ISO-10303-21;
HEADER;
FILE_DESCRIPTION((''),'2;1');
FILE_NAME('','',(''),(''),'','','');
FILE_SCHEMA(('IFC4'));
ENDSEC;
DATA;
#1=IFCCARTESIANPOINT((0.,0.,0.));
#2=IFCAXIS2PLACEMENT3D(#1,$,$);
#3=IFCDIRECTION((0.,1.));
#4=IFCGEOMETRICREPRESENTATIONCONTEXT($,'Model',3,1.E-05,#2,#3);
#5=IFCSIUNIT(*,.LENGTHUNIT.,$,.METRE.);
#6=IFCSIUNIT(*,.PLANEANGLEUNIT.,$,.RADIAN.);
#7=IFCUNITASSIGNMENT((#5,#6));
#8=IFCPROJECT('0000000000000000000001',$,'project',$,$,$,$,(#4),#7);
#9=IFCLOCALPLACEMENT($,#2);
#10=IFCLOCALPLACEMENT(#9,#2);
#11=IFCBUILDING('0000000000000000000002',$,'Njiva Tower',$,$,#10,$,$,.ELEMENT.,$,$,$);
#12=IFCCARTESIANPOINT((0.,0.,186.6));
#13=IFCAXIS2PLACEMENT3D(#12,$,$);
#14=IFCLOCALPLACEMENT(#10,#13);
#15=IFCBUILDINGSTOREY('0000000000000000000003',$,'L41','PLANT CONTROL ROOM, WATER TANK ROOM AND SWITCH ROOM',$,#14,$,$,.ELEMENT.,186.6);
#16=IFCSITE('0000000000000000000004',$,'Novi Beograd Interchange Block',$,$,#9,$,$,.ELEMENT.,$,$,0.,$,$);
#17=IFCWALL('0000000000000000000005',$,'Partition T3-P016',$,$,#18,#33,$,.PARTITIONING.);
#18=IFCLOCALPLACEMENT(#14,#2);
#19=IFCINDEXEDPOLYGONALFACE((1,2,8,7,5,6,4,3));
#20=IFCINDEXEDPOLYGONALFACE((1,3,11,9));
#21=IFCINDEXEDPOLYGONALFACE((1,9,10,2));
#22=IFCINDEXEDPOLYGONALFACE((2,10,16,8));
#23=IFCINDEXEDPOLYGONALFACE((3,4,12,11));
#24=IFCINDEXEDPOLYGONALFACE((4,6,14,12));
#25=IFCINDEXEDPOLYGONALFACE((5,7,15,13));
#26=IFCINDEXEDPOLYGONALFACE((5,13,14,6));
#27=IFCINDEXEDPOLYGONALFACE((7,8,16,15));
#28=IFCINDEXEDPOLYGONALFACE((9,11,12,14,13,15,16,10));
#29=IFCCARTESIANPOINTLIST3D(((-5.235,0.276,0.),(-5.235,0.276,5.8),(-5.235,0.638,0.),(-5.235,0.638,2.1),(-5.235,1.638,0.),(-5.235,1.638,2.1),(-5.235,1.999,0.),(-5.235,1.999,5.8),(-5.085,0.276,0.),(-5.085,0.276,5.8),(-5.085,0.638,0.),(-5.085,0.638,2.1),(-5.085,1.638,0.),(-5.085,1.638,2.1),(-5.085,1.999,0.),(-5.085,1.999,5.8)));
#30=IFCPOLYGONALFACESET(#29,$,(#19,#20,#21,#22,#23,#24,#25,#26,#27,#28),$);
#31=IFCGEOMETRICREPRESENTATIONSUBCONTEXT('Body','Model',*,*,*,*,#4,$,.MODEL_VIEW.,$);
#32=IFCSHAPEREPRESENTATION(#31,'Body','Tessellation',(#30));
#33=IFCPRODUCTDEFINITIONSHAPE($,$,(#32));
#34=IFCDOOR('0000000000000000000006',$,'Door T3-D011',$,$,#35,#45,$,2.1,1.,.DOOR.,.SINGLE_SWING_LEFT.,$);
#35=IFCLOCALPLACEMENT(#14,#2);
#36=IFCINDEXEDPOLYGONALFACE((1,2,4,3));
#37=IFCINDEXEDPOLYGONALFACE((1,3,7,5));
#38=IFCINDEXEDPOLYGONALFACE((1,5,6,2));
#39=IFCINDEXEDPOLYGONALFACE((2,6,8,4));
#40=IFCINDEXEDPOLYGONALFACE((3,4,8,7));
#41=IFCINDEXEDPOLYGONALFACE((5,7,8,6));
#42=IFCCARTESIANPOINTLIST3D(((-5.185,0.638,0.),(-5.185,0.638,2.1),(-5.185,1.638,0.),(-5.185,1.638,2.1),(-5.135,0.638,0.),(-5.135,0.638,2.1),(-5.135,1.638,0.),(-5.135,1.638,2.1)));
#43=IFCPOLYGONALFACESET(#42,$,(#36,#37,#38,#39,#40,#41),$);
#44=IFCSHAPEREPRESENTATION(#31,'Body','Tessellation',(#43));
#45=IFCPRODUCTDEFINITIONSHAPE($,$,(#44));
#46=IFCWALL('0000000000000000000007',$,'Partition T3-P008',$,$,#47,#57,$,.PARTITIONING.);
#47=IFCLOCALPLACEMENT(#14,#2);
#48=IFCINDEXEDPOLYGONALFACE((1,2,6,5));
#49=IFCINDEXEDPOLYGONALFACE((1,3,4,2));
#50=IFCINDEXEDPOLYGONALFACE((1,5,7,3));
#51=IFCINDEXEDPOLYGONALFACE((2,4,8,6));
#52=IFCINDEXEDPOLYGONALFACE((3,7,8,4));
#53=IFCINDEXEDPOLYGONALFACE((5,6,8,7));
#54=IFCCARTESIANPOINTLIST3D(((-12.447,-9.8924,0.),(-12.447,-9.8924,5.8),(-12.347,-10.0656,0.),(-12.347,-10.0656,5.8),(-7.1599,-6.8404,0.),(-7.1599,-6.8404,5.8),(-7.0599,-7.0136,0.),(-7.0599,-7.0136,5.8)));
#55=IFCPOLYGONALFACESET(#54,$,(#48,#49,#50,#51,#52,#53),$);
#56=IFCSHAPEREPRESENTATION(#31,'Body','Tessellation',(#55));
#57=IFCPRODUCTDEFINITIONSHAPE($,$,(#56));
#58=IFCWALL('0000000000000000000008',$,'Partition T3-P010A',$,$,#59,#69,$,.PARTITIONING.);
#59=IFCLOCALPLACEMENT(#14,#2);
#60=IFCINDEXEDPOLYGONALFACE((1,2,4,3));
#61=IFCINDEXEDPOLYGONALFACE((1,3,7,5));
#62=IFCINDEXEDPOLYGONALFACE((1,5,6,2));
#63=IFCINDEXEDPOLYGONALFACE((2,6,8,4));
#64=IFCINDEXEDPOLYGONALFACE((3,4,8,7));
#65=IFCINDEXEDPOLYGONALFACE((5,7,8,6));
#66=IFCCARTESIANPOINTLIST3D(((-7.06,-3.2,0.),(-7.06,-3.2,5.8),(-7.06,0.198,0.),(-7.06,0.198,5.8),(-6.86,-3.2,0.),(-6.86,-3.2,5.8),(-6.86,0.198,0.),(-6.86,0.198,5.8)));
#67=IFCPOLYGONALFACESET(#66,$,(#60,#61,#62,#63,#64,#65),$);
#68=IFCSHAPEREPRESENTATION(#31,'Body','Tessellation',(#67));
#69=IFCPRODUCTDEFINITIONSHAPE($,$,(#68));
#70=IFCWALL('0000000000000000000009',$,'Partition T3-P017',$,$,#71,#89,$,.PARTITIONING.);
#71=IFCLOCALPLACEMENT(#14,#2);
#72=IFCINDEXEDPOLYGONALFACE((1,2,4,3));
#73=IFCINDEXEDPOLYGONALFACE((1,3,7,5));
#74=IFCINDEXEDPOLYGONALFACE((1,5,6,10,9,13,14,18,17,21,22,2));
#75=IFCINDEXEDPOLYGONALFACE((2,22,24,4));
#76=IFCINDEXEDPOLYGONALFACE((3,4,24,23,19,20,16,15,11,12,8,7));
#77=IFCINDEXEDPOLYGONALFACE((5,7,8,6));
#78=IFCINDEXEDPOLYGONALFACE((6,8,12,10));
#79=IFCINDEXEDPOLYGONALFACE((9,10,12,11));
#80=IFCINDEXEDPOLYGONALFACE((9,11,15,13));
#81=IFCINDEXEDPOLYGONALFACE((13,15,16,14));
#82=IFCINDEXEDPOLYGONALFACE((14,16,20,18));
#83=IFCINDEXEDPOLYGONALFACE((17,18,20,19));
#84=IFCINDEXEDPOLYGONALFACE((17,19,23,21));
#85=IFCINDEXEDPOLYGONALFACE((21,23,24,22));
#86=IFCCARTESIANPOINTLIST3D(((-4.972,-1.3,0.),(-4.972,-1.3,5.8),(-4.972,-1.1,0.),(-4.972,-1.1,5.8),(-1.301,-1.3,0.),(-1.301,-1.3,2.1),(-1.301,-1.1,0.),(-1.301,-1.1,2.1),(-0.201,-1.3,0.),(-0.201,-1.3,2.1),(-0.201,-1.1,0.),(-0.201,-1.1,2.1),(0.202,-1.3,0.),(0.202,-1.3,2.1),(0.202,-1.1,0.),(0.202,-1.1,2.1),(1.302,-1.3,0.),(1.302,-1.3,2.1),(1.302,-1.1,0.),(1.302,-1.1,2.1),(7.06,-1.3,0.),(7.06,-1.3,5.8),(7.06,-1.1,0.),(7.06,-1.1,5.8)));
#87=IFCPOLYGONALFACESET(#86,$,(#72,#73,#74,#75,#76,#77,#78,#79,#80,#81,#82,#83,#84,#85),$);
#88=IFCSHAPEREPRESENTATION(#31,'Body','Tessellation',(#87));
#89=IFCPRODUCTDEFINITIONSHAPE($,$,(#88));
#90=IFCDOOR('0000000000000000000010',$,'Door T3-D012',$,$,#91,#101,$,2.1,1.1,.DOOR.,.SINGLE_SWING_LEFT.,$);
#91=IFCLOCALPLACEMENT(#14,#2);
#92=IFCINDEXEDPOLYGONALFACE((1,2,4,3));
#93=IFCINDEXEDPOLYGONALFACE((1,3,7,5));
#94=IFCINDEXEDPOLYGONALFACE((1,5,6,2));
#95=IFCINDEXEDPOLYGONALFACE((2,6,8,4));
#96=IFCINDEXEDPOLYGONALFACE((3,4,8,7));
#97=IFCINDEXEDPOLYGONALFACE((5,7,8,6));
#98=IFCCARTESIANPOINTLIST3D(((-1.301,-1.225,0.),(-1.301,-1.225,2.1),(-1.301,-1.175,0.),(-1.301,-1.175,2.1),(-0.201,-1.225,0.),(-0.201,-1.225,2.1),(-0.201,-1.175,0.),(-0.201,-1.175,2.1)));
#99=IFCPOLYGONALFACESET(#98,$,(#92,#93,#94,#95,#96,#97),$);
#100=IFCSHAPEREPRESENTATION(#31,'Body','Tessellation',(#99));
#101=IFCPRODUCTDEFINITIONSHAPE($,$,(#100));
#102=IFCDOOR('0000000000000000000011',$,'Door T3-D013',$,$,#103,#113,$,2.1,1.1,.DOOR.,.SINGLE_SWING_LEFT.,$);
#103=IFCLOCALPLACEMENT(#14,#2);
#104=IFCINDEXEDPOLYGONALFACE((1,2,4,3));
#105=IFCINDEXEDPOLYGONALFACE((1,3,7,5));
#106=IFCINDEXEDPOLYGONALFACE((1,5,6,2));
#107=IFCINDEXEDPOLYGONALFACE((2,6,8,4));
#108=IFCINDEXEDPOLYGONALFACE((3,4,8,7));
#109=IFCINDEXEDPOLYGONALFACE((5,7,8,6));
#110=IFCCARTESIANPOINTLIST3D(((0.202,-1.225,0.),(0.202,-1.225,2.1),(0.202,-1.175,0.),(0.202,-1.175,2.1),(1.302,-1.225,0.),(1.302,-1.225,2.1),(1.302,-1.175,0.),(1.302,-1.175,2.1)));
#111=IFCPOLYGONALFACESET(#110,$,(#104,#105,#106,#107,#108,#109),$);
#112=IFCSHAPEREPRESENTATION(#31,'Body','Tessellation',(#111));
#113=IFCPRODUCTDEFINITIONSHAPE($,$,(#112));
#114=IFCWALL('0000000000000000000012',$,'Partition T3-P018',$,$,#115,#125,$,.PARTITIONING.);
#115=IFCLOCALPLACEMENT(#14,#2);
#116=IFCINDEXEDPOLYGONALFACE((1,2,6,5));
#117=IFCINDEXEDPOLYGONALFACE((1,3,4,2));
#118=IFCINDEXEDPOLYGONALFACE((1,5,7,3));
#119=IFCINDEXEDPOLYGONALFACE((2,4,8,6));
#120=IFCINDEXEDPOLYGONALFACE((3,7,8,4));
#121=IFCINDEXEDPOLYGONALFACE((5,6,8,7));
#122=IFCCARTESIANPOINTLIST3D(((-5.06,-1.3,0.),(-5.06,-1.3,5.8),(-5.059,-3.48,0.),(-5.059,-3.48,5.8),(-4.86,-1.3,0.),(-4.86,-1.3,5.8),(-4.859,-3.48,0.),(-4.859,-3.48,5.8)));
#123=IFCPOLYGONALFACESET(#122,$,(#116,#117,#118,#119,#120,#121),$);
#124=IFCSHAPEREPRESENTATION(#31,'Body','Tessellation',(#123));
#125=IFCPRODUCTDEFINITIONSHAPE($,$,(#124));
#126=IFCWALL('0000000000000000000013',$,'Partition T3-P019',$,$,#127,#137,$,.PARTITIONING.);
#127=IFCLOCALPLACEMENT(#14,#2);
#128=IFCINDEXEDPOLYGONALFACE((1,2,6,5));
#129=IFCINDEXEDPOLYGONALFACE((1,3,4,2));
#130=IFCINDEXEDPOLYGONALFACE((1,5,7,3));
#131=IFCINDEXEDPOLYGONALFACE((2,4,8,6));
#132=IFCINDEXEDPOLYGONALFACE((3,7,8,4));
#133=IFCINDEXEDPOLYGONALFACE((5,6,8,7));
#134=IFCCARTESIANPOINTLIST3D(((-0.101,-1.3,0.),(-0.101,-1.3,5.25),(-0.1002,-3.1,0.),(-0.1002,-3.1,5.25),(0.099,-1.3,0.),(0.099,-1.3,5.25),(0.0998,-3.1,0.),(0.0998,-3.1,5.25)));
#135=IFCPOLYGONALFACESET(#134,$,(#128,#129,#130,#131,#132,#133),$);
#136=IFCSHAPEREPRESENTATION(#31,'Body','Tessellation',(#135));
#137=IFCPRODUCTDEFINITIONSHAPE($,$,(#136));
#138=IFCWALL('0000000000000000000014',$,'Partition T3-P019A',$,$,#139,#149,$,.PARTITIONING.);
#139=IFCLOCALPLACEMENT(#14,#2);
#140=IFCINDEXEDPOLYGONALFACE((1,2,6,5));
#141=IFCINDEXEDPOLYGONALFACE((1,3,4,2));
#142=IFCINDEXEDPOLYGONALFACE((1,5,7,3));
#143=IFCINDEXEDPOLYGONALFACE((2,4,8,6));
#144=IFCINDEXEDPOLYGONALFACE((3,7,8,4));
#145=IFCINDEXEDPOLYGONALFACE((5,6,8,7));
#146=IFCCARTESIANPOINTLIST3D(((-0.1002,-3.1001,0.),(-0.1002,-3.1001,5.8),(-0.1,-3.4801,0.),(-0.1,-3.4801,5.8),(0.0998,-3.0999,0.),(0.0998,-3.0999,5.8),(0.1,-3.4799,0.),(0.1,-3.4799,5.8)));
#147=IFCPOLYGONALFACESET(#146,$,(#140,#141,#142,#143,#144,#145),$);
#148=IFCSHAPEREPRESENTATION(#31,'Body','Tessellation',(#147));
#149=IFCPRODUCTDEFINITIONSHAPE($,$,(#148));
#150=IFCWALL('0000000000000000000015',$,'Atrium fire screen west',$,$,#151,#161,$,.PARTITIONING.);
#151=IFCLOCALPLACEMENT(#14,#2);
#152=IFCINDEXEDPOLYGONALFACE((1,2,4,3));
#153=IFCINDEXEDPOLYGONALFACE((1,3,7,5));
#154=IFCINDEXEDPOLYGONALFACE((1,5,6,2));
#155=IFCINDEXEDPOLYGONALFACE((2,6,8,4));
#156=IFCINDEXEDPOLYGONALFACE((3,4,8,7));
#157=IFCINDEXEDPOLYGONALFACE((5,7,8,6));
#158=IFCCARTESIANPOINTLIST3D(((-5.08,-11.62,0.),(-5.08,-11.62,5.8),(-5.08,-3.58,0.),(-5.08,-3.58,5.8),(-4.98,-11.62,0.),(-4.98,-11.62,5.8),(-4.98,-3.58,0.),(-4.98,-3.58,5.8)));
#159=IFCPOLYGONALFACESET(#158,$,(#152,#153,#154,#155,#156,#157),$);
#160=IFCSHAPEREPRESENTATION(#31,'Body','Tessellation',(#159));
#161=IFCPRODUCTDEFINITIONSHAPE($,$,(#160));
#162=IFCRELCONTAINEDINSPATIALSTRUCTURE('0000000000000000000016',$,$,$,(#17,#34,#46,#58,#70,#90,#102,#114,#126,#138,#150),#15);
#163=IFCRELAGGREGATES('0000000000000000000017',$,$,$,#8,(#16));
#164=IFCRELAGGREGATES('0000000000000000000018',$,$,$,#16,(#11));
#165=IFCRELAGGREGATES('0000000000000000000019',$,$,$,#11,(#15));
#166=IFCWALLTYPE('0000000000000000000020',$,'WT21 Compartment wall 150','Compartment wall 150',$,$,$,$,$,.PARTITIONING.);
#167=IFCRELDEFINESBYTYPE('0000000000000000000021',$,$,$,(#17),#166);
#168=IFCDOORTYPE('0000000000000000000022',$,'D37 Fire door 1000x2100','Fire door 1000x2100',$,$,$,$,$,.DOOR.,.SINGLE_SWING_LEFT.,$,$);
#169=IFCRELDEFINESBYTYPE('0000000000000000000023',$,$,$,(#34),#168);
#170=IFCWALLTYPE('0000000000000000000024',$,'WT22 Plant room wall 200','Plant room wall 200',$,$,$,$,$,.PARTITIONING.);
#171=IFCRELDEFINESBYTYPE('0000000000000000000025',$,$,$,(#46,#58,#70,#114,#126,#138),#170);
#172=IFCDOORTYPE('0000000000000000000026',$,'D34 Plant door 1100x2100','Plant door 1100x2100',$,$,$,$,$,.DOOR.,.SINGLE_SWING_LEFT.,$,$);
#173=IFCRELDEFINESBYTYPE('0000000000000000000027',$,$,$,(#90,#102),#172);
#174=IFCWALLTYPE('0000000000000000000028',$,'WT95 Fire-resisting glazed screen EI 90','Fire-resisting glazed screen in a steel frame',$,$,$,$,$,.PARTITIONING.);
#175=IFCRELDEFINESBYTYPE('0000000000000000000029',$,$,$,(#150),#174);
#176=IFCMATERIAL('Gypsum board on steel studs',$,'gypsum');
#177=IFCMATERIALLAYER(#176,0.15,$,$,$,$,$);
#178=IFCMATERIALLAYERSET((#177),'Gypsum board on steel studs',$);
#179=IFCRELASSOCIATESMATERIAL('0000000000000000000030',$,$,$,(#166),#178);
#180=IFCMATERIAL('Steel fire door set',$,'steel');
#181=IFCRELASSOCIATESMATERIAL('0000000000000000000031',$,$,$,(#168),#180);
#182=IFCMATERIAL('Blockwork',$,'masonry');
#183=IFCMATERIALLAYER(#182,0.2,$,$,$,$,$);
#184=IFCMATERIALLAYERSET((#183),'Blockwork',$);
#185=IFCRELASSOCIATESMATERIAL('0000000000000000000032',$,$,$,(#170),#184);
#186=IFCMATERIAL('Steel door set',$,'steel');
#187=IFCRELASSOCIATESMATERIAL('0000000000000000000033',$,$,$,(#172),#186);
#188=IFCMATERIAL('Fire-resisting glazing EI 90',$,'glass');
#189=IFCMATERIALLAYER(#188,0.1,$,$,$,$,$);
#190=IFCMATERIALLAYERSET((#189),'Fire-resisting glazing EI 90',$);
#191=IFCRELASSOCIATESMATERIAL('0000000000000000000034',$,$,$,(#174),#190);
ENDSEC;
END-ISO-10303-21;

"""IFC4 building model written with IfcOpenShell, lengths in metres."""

from ifc_helpers import new_model, si_unit, direction, frame, frame_2d, origin, place, context, subcontext, project, spatial, rectangle, extrude, material, layer, layer_set, type_object, element, fill, save


model = new_model("IFC4")

# Units and contexts
model_context = context("Model", 3, precision=1e-05, world=origin(), true_north=direction((0.0, 1.0)))
body_context = subcontext(model_context, "Body", "Model", "MODEL_VIEW")
ifc_project = project(units=[si_unit("LENGTHUNIT", "METRE"), si_unit("PLANEANGLEUNIT", "RADIAN")], contexts=[model_context])

# Site, building, storey
site_placement = place(None, origin())
site = spatial("IfcSite", under=ifc_project, at=site_placement, Name="Novi Beograd Interchange Block", CompositionType="ELEMENT", RefElevation=0.0)
building_placement = place(site_placement, origin())
building = spatial("IfcBuilding", under=site, at=building_placement, Name="Njiva Tower", CompositionType="ELEMENT")
storey_placement = place(building_placement, frame((0.0, 0.0, 186.6)))
storey = spatial("IfcBuildingStorey", under=building, at=storey_placement, Name="L41", Description="PLANT CONTROL ROOM, WATER TANK ROOM AND SWITCH ROOM", CompositionType="ELEMENT", Elevation=186.6)

# Shared definitions
ifc_material_1 = material(Name="Gypsum board on steel studs", Category="gypsum")
ifc_layer_1 = layer(ifc_material_1, 0.15)
ifc_layer_set_1 = layer_set([ifc_layer_1], Name="Gypsum board on steel studs")
wall_type_1 = type_object("IfcWallType", Name="WT21 Compartment wall 150", Description="Compartment wall 150", PredefinedType="PARTITIONING", material=ifc_layer_set_1)
ifc_material_2 = material(Name="Steel fire door set", Category="steel")
door_type_1 = type_object("IfcDoorType", Name="D37 Fire door 1000x2100", Description="Fire door 1000x2100", OperationType="SINGLE_SWING_LEFT", PredefinedType="DOOR", material=ifc_material_2)

# Wall, opening, door
wall_1_placement = place(storey_placement, frame((-5.16, 0.276, 0.0), z_axis=(0.0, 0.0, 1.0), x_axis=(0.0, 1.0, 0.0)))
wall_1 = element("IfcWall", 1, at=wall_1_placement, inside=storey, type_object=wall_type_1, Name="Partition T3-P016", PredefinedType="PARTITIONING", context=body_context, shape_type="SweptSolid", body=[
    extrude(rectangle(XDim=1.723, YDim=0.15, at=frame_2d((0.8615, 0.0))), origin(), (0.0, 0.0, 1.0), 5.8),
])
opening_1_placement = place(wall_1_placement, frame((0.362, 0.0, 0.0)))
opening_1 = element("IfcOpeningElement", 2, at=opening_1_placement, cuts=wall_1, PredefinedType="OPENING", context=body_context, shape_type="SweptSolid", body=[
    extrude(rectangle(XDim=1.0, YDim=2.1, at=frame_2d((0.5, 1.05))), frame((0.0, 0.085, 0.0), z_axis=(0.0, -1.0, 0.0), x_axis=(1.0, 0.0, 0.0)), (0.0, 0.0, 1.0), 0.17),
])
door_1_placement = place(opening_1_placement, origin())
door_1 = element("IfcDoor", 3, at=door_1_placement, inside=storey, type_object=door_type_1, Name="Door T3-D011", OperationType="SINGLE_SWING_LEFT", OverallHeight=2.1, OverallWidth=1.0, PredefinedType="DOOR", context=body_context, shape_type="SweptSolid", body=[
    extrude(rectangle(XDim=1.0, YDim=2.1, at=frame_2d((0.5, 1.05))), frame((0.0, 0.025, 0.0), z_axis=(0.0, -1.0, 0.0), x_axis=(1.0, 0.0, 0.0)), (0.0, 0.0, 1.0), 0.05),
])
fill(opening_1, door_1)

# Walls
ifc_material_3 = material(Name="Blockwork", Category="masonry")
ifc_layer_2 = layer(ifc_material_3, 0.2)
ifc_layer_set_2 = layer_set([ifc_layer_2], Name="Blockwork")
wall_type_2 = type_object("IfcWallType", Name="WT22 Plant room wall 200", Description="Plant room wall 200", PredefinedType="PARTITIONING", material=ifc_layer_set_2)
wall_2_placement = place(storey_placement, frame((-12.397, -9.979, 0.0), z_axis=(0.0, 0.0, 1.0), x_axis=(0.866057, 0.499945, 0.0)))
element("IfcWall", 4, at=wall_2_placement, inside=storey, type_object=wall_type_2, Name="Partition T3-P008", PredefinedType="PARTITIONING", context=body_context, shape_type="SweptSolid", body=[
    extrude(rectangle(XDim=6.1047, YDim=0.2, at=frame_2d((3.0524, 0.0))), origin(), (0.0, 0.0, 1.0), 5.8),
])
wall_3_placement = place(storey_placement, frame((-6.96, -3.2, 0.0), z_axis=(0.0, 0.0, 1.0), x_axis=(0.0, 1.0, 0.0)))
element("IfcWall", 5, at=wall_3_placement, inside=storey, type_object=wall_type_2, Name="Partition T3-P010A", PredefinedType="PARTITIONING", context=body_context, shape_type="SweptSolid", body=[
    extrude(rectangle(XDim=3.398, YDim=0.2, at=frame_2d((1.699, 0.0))), origin(), (0.0, 0.0, 1.0), 5.8),
])

# Wall, openings, doors
wall_4_placement = place(storey_placement, frame((-4.972, -1.2, 0.0), z_axis=(0.0, 0.0, 1.0), x_axis=(1.0, 0.0, 0.0)))
wall_4 = element("IfcWall", 6, at=wall_4_placement, inside=storey, type_object=wall_type_2, Name="Partition T3-P017", PredefinedType="PARTITIONING", context=body_context, shape_type="SweptSolid", body=[
    extrude(rectangle(XDim=12.032, YDim=0.2, at=frame_2d((6.016, 0.0))), origin(), (0.0, 0.0, 1.0), 5.8),
])
opening_2_placement = place(wall_4_placement, frame((3.671, 0.0, 0.0)))
opening_2 = element("IfcOpeningElement", 7, at=opening_2_placement, cuts=wall_4, PredefinedType="OPENING", context=body_context, shape_type="SweptSolid", body=[
    extrude(rectangle(XDim=1.1, YDim=2.1, at=frame_2d((0.55, 1.05))), frame((0.0, 0.11, 0.0), z_axis=(0.0, -1.0, 0.0), x_axis=(1.0, 0.0, 0.0)), (0.0, 0.0, 1.0), 0.22),
])
opening_3_placement = place(wall_4_placement, frame((5.174, 0.0, 0.0)))
opening_3 = element("IfcOpeningElement", 8, at=opening_3_placement, cuts=wall_4, PredefinedType="OPENING", context=body_context, shape_type="SweptSolid", body=[
    extrude(rectangle(XDim=1.1, YDim=2.1, at=frame_2d((0.55, 1.05))), frame((0.0, 0.11, 0.0), z_axis=(0.0, -1.0, 0.0), x_axis=(1.0, 0.0, 0.0)), (0.0, 0.0, 1.0), 0.22),
])
ifc_material_4 = material(Name="Steel door set", Category="steel")
door_type_2 = type_object("IfcDoorType", Name="D34 Plant door 1100x2100", Description="Plant door 1100x2100", OperationType="SINGLE_SWING_LEFT", PredefinedType="DOOR", material=ifc_material_4)
door_2_placement = place(opening_2_placement, origin())
door_2 = element("IfcDoor", 9, at=door_2_placement, inside=storey, type_object=door_type_2, Name="Door T3-D012", OperationType="SINGLE_SWING_LEFT", OverallHeight=2.1, OverallWidth=1.1, PredefinedType="DOOR", context=body_context, shape_type="SweptSolid", body=[
    extrude(rectangle(XDim=1.1, YDim=2.1, at=frame_2d((0.55, 1.05))), frame((0.0, 0.025, 0.0), z_axis=(0.0, -1.0, 0.0), x_axis=(1.0, 0.0, 0.0)), (0.0, 0.0, 1.0), 0.05),
])
fill(opening_2, door_2)
door_3_placement = place(opening_3_placement, origin())
door_3 = element("IfcDoor", 10, at=door_3_placement, inside=storey, type_object=door_type_2, Name="Door T3-D013", OperationType="SINGLE_SWING_LEFT", OverallHeight=2.1, OverallWidth=1.1, PredefinedType="DOOR", context=body_context, shape_type="SweptSolid", body=[
    extrude(rectangle(XDim=1.1, YDim=2.1, at=frame_2d((0.55, 1.05))), frame((0.0, 0.025, 0.0), z_axis=(0.0, -1.0, 0.0), x_axis=(1.0, 0.0, 0.0)), (0.0, 0.0, 1.0), 0.05),
])
fill(opening_3, door_3)

# Walls
wall_5_placement = place(storey_placement, frame((-4.959, -3.48, 0.0), z_axis=(0.0, 0.0, 1.0), x_axis=(-0.000459, 1.0, 0.0)))
element("IfcWall", 11, at=wall_5_placement, inside=storey, type_object=wall_type_2, Name="Partition T3-P018", PredefinedType="PARTITIONING", context=body_context, shape_type="SweptSolid", body=[
    extrude(rectangle(XDim=2.18, YDim=0.2, at=frame_2d((1.09, 0.0))), origin(), (0.0, 0.0, 1.0), 5.8),
])
wall_6_placement = place(storey_placement, frame((-0.001, -1.3, 0.0), z_axis=(0.0, 0.0, 1.0), x_axis=(0.000444, -1.0, 0.0)))
element("IfcWall", 12, at=wall_6_placement, inside=storey, type_object=wall_type_2, Name="Partition T3-P019", PredefinedType="PARTITIONING", context=body_context, shape_type="SweptSolid", body=[
    extrude(rectangle(XDim=1.8, YDim=0.2, at=frame_2d((0.9, 0.0))), origin(), (0.0, 0.0, 1.0), 5.25),
])
wall_7_placement = place(storey_placement, frame((-0.0002, -3.1, 0.0), z_axis=(0.0, 0.0, 1.0), x_axis=(0.000526, -1.0, 0.0)))
element("IfcWall", 13, at=wall_7_placement, inside=storey, type_object=wall_type_2, Name="Partition T3-P019A", PredefinedType="PARTITIONING", context=body_context, shape_type="SweptSolid", body=[
    extrude(rectangle(XDim=0.38, YDim=0.2, at=frame_2d((0.19, 0.0))), origin(), (0.0, 0.0, 1.0), 5.8),
])
ifc_material_5 = material(Name="Fire-resisting glazing EI 90", Category="glass")
ifc_layer_3 = layer(ifc_material_5, 0.1)
ifc_layer_set_3 = layer_set([ifc_layer_3], Name="Fire-resisting glazing EI 90")
wall_type_3 = type_object("IfcWallType", Name="WT95 Fire-resisting glazed screen EI 90", Description="Fire-resisting glazed screen in a steel frame", PredefinedType="PARTITIONING", material=ifc_layer_set_3)
wall_8_placement = place(storey_placement, frame((-5.03, -3.58, 0.0), z_axis=(0.0, 0.0, 1.0), x_axis=(0.0, -1.0, 0.0)))
element("IfcWall", 14, at=wall_8_placement, inside=storey, type_object=wall_type_3, Name="Atrium fire screen west", PredefinedType="PARTITIONING", context=body_context, shape_type="SweptSolid", body=[
    extrude(rectangle(XDim=8.04, YDim=0.1, at=frame_2d((4.02, 0.0))), origin(), (0.0, 0.0, 1.0), 5.8),
])

save(model, "model.ifc")
